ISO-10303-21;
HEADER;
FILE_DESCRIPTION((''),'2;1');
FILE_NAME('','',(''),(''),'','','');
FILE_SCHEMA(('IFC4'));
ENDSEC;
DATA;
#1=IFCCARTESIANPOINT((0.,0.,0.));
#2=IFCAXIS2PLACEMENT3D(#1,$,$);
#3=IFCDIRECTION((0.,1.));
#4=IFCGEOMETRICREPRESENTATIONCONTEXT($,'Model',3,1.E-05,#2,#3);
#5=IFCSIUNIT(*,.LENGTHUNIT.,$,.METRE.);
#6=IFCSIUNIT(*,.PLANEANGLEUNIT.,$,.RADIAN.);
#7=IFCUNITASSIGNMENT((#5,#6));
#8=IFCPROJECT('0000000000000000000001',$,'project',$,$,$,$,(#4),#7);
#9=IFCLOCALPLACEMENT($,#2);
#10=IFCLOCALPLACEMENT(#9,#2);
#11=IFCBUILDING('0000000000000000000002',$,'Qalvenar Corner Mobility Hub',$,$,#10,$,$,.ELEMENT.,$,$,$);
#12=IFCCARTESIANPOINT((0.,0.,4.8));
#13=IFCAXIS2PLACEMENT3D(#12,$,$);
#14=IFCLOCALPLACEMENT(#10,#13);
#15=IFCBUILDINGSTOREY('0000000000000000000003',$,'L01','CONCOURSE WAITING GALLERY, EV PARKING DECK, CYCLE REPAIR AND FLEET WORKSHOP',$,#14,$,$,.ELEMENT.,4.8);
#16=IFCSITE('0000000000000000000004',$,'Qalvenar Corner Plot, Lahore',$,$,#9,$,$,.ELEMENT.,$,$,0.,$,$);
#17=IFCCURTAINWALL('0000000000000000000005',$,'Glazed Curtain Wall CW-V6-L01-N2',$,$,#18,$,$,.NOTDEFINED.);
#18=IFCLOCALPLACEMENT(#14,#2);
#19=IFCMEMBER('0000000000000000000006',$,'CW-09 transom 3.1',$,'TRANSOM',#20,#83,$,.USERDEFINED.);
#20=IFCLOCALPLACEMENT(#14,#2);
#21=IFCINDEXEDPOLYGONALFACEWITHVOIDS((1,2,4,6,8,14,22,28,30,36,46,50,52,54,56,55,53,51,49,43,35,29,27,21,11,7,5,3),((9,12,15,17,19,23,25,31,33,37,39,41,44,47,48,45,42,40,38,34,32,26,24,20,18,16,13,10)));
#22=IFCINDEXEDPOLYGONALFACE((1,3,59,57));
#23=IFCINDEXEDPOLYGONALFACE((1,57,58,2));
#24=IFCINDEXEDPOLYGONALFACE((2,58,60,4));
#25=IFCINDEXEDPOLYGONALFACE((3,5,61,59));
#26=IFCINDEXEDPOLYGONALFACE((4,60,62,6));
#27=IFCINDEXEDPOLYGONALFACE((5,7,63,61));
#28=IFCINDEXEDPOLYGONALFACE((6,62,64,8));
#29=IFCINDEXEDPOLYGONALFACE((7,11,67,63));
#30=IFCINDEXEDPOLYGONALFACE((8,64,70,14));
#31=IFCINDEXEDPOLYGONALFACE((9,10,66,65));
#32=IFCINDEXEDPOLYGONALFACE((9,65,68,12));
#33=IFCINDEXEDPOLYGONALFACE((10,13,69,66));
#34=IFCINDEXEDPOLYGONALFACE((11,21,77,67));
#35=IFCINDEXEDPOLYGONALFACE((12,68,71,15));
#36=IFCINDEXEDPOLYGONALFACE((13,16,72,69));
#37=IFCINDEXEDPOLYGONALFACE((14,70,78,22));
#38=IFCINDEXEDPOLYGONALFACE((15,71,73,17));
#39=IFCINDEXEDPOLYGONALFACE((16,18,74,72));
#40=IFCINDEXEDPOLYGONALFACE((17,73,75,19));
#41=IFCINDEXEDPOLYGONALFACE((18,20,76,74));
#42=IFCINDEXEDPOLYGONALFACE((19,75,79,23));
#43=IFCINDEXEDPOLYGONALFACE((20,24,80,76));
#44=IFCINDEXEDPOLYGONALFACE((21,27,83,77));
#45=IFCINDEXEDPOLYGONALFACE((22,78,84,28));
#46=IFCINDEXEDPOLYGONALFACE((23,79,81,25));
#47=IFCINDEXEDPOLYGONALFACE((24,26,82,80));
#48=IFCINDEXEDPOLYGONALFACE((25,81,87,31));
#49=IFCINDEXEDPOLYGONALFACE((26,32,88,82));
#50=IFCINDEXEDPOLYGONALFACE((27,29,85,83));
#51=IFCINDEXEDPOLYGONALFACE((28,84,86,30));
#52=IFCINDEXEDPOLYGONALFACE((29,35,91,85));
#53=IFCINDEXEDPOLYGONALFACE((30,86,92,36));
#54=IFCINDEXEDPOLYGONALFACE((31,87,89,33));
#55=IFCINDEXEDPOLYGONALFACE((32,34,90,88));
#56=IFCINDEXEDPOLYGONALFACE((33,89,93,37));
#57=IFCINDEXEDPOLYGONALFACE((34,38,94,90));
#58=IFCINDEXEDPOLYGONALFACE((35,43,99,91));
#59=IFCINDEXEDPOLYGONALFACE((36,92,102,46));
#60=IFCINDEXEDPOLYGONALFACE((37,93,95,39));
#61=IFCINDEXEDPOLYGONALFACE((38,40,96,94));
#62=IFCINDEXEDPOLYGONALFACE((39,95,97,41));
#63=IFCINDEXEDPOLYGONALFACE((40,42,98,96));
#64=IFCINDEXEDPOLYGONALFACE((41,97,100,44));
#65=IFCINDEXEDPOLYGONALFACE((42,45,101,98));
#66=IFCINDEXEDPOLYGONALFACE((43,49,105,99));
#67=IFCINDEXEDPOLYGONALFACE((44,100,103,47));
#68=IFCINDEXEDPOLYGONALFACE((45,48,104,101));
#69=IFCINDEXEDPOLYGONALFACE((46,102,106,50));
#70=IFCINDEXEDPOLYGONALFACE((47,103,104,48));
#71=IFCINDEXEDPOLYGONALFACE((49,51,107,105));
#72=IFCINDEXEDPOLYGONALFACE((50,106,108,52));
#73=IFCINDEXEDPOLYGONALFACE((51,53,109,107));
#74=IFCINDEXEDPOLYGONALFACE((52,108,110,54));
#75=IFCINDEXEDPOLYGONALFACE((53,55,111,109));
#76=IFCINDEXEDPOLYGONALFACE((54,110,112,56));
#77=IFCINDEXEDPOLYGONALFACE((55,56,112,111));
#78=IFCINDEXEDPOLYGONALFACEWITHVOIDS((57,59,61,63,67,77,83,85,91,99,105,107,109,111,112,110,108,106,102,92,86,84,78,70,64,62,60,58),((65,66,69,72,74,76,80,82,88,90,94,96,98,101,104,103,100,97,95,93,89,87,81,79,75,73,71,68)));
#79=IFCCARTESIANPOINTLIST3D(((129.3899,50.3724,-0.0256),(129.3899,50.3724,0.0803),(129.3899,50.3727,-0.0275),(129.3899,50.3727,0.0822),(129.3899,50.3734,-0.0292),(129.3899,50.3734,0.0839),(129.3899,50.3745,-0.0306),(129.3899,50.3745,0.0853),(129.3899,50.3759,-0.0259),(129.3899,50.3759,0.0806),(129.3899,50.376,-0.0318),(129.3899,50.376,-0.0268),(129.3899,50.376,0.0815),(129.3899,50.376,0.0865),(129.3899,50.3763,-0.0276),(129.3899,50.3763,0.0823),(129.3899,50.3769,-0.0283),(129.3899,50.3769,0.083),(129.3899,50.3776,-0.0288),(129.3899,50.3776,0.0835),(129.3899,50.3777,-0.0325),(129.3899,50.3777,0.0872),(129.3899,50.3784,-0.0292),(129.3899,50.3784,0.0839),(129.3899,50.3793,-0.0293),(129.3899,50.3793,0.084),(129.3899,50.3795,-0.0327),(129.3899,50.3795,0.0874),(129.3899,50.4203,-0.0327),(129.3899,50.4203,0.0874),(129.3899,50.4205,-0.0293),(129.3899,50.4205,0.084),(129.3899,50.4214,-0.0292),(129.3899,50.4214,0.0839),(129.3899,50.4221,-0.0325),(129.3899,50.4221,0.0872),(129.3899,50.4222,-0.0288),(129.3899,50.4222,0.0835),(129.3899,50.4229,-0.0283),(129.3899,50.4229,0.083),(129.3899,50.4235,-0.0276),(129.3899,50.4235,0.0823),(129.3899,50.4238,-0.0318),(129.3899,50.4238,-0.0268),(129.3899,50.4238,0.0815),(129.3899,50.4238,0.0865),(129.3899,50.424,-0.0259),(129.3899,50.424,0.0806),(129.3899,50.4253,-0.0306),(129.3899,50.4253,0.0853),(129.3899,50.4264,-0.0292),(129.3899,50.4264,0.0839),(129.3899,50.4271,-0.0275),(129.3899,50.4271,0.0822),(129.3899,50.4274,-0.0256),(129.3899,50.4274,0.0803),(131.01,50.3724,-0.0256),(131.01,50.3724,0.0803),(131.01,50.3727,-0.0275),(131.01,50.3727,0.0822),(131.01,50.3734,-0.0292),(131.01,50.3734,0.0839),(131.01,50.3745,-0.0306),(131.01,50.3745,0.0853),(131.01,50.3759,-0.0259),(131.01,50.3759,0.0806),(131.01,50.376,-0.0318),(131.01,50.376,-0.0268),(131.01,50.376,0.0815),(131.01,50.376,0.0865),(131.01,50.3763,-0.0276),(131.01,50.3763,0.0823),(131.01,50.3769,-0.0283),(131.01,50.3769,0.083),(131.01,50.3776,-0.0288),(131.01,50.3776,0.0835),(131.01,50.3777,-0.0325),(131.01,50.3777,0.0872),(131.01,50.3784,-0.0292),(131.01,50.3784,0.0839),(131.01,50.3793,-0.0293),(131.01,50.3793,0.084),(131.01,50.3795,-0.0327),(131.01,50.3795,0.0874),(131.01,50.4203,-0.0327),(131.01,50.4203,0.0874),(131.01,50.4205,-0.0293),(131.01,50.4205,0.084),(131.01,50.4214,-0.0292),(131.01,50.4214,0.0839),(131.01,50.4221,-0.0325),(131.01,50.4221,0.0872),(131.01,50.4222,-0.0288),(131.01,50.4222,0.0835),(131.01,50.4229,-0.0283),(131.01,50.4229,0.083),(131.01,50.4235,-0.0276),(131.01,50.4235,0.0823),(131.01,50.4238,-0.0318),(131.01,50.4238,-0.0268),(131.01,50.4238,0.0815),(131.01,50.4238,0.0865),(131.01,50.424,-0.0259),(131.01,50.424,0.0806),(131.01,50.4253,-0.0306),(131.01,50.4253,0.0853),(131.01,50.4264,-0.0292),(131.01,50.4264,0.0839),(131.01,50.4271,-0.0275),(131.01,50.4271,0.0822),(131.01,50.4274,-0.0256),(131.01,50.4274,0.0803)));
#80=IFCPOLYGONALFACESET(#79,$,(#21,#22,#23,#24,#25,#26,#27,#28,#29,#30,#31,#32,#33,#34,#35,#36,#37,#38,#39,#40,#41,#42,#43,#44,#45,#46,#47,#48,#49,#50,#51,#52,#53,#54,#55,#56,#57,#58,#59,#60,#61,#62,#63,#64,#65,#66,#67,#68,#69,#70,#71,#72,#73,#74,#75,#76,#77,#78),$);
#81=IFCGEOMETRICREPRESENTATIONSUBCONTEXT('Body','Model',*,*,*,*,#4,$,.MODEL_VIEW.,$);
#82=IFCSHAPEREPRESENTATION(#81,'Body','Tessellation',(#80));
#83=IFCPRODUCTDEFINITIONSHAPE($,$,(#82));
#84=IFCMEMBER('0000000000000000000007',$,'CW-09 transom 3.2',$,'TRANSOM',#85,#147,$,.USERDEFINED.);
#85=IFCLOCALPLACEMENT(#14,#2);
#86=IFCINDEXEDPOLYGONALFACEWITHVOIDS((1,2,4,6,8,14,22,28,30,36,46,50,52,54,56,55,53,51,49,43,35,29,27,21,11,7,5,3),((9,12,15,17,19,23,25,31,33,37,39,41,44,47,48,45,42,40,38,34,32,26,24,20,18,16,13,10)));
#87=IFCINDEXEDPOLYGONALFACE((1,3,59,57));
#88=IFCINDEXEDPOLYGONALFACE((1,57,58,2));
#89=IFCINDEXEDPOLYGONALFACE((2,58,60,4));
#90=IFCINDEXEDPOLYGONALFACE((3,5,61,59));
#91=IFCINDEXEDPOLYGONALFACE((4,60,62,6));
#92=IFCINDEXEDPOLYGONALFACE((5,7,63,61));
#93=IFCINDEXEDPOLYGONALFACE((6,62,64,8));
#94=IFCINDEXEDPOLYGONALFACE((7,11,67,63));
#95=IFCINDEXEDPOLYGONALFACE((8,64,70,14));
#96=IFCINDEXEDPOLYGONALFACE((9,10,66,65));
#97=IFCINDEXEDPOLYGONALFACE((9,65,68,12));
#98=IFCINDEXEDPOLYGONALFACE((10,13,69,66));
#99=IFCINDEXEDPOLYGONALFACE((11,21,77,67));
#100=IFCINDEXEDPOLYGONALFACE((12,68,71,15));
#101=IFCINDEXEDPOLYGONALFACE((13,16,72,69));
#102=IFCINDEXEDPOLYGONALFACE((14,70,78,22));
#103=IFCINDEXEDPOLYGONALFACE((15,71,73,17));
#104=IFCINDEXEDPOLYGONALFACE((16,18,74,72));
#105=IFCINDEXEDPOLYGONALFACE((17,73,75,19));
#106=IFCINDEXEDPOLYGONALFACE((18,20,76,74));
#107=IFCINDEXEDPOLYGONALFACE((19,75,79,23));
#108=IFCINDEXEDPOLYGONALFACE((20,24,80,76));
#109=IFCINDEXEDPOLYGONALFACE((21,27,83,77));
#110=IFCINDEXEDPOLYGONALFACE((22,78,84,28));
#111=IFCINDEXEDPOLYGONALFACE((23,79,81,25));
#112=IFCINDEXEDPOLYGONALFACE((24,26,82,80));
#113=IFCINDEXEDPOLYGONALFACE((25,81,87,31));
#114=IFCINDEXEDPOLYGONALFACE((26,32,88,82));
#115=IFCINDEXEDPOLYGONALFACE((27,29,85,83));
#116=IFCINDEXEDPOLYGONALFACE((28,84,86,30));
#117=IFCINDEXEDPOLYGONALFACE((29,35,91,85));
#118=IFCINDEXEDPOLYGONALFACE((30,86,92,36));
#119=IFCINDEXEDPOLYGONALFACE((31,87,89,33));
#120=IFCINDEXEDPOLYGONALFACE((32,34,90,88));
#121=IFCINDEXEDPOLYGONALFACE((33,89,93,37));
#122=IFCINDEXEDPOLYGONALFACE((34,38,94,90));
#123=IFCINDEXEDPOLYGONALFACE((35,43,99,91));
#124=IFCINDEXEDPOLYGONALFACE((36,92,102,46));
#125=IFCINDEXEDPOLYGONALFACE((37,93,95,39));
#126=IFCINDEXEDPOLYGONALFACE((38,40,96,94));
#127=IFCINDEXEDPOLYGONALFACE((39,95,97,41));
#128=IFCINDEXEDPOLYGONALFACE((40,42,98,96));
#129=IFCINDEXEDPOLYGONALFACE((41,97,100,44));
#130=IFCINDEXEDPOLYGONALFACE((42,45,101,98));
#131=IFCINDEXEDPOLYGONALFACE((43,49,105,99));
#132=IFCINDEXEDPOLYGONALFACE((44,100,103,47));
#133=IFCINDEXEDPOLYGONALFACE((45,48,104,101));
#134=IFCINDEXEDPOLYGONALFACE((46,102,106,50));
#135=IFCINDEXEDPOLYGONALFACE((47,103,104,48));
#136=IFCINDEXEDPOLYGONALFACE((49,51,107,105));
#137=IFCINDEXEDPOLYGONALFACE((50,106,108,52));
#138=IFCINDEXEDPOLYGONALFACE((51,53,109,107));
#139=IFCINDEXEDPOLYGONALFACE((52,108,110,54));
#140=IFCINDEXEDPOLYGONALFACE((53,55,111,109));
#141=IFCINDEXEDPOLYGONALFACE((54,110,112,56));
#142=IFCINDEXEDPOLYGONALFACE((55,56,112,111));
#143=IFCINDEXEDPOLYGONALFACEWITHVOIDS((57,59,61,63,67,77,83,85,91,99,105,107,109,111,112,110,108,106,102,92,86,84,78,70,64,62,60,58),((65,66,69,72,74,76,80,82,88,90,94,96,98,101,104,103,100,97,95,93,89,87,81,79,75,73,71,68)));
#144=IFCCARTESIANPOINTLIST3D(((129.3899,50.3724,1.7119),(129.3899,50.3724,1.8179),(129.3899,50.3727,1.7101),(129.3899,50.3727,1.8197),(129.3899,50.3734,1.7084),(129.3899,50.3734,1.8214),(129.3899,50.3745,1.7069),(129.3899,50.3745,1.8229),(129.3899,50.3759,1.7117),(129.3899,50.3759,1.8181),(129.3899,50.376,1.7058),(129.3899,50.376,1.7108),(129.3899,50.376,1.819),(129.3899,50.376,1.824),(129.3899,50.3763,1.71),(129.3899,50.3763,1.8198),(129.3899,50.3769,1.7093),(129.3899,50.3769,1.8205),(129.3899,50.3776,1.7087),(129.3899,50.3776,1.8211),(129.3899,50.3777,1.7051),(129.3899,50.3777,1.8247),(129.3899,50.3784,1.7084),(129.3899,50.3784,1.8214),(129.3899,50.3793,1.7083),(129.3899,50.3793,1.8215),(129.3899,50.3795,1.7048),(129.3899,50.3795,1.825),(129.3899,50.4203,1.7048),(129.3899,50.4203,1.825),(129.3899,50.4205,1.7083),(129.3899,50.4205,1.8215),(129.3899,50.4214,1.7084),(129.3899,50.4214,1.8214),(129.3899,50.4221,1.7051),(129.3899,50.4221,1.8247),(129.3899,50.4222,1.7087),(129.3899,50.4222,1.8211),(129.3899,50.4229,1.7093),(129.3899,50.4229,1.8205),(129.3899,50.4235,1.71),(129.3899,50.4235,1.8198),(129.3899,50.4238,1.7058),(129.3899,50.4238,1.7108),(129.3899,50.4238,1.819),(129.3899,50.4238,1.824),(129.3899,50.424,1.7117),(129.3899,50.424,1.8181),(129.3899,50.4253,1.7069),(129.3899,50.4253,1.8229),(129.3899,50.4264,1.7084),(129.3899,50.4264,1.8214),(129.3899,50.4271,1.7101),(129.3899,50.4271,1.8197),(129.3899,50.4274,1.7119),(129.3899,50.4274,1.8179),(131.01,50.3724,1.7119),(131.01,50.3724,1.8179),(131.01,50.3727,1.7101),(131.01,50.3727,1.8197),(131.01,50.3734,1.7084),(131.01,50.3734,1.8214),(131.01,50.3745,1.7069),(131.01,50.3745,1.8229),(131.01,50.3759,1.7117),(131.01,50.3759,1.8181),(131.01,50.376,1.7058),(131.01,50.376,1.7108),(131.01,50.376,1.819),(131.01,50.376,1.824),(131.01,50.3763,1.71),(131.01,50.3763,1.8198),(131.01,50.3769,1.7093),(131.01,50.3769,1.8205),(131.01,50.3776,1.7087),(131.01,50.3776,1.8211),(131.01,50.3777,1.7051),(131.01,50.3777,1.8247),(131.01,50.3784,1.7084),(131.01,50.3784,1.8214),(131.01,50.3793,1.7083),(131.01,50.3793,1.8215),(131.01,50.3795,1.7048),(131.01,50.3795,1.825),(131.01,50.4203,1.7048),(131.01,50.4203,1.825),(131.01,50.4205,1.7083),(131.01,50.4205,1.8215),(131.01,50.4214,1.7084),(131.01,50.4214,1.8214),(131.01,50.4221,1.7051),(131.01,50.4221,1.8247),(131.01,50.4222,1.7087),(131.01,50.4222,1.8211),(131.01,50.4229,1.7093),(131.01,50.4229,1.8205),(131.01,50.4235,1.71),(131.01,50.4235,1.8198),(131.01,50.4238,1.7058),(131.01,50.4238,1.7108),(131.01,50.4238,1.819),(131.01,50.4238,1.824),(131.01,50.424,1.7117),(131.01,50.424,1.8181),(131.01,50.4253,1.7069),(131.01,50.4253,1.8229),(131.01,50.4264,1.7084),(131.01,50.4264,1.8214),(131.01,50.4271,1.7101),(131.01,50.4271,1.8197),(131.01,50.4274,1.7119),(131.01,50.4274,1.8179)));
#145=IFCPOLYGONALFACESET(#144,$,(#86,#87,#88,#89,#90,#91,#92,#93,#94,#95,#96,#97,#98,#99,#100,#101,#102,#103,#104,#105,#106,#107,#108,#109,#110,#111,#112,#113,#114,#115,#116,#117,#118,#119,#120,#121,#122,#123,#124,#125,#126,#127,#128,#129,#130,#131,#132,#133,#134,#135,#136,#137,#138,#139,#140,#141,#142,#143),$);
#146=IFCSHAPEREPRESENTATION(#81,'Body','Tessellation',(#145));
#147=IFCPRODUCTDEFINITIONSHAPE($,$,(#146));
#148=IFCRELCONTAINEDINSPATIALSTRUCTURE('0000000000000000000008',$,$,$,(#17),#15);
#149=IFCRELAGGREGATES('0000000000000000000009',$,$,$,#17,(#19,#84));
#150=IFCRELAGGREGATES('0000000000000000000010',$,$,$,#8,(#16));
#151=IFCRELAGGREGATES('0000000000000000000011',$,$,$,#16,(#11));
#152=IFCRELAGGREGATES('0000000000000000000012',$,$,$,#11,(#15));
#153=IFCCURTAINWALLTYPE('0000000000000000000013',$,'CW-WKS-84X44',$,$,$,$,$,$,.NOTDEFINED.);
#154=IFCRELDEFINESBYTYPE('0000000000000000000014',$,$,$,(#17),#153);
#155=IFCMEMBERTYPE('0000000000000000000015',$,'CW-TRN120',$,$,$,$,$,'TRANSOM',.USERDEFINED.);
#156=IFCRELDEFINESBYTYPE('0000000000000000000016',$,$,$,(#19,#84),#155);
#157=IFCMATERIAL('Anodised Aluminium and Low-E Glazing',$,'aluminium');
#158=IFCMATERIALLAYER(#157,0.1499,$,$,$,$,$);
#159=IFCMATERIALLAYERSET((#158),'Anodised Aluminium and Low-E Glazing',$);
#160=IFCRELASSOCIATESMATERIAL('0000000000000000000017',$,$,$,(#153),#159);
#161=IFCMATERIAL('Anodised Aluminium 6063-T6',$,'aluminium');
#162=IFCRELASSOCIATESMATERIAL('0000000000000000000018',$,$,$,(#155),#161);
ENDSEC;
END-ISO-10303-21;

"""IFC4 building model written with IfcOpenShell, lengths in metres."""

from ifc_helpers import new_model, si_unit, direction, frame, origin, origin_2d, place, context, subcontext, project, spatial, hollow_rectangle, extrude, material, layer, layer_set, material_profile, profile_set, type_object, element, aggregate, save


model = new_model("IFC4")

# Units and contexts
model_context = context("Model", 3, precision=1e-05, world=origin(), true_north=direction((0.0, 1.0)))
body_context = subcontext(model_context, "Body", "Model", "MODEL_VIEW")
ifc_project = project(units=[si_unit("LENGTHUNIT", "METRE"), si_unit("PLANEANGLEUNIT", "RADIAN")], contexts=[model_context])

# Site, building, storey
site_placement = place(None, origin())
site = spatial("IfcSite", under=ifc_project, at=site_placement, Name="Qalvenar Corner Plot, Lahore", CompositionType="ELEMENT", RefElevation=0.0)
building_placement = place(site_placement, origin())
building = spatial("IfcBuilding", under=site, at=building_placement, Name="Qalvenar Corner Mobility Hub", CompositionType="ELEMENT")
storey_placement = place(building_placement, frame((0.0, 0.0, 4.8)))
storey = spatial("IfcBuildingStorey", under=building, at=storey_placement, Name="L01", Description="CONCOURSE WAITING GALLERY, EV PARKING DECK, CYCLE REPAIR AND FLEET WORKSHOP", CompositionType="ELEMENT", Elevation=4.8)

# Curtain wall, members
ifc_material_1 = material(Name="Anodised Aluminium and Low-E Glazing", Category="aluminium")
ifc_layer_1 = layer(ifc_material_1, 0.1499)
ifc_layer_set_1 = layer_set([ifc_layer_1], Name="Anodised Aluminium and Low-E Glazing")
curtain_wall_type = type_object("IfcCurtainWallType", Name="CW-WKS-84X44", PredefinedType="NOTDEFINED", material=ifc_layer_set_1)
curtain_wall_placement = place(storey_placement, origin())
curtain_wall = element("IfcCurtainWall", 1, at=curtain_wall_placement, inside=storey, type_object=curtain_wall_type, Name="Glazed Curtain Wall CW-V6-L01-N2", PredefinedType="NOTDEFINED")
ifc_material_2 = material(Name="Anodised Aluminium 6063-T6", Category="aluminium")
ifc_material_profile_1 = material_profile(ifc_material_2, hollow_rectangle(XDim=0.0549, YDim=0.1201, WallThickness=0.0034, InnerFilletRadius=0.0034, OuterFilletRadius=0.0071, at=origin_2d()), Name="RHS120x55x3.5")
ifc_profile_set_1 = profile_set([ifc_material_profile_1], Name="Anodised Aluminium 6063-T6")
member_type_1 = type_object("IfcMemberType", Name="CW-TRN120", ElementType="TRANSOM", PredefinedType="USERDEFINED", material=ifc_profile_set_1)
member_1_placement = place(storey_placement, frame((131.01, 50.3999, 0.0273), z_axis=(-1.0, 0.0, 0.0), x_axis=(0.0, -1.0, 0.0)))
member_1 = element("IfcMember", 2, at=member_1_placement, type_object=member_type_1, Name="CW-09 transom 3.1", ObjectType="TRANSOM", PredefinedType="USERDEFINED", context=body_context, shape_type="SweptSolid", body=[
    extrude(hollow_rectangle(XDim=0.0549, YDim=0.1201, WallThickness=0.0034, InnerFilletRadius=0.0034, OuterFilletRadius=0.0071, at=origin_2d()), origin(), (0.0, 0.0, 1.0), 1.6201),
])
member_2_placement = place(storey_placement, frame((131.01, 50.3999, 1.7649), z_axis=(-1.0, 0.0, 0.0), x_axis=(0.0, -1.0, 0.0)))
member_2 = element("IfcMember", 3, at=member_2_placement, type_object=member_type_1, Name="CW-09 transom 3.2", ObjectType="TRANSOM", PredefinedType="USERDEFINED", context=body_context, shape_type="SweptSolid", body=[
    extrude(hollow_rectangle(XDim=0.0549, YDim=0.1201, WallThickness=0.0034, InnerFilletRadius=0.0034, OuterFilletRadius=0.0071, at=origin_2d()), origin(), (0.0, 0.0, 1.0), 1.6201),
])

aggregate(curtain_wall, [member_1, member_2])

save(model, "model.ifc")
